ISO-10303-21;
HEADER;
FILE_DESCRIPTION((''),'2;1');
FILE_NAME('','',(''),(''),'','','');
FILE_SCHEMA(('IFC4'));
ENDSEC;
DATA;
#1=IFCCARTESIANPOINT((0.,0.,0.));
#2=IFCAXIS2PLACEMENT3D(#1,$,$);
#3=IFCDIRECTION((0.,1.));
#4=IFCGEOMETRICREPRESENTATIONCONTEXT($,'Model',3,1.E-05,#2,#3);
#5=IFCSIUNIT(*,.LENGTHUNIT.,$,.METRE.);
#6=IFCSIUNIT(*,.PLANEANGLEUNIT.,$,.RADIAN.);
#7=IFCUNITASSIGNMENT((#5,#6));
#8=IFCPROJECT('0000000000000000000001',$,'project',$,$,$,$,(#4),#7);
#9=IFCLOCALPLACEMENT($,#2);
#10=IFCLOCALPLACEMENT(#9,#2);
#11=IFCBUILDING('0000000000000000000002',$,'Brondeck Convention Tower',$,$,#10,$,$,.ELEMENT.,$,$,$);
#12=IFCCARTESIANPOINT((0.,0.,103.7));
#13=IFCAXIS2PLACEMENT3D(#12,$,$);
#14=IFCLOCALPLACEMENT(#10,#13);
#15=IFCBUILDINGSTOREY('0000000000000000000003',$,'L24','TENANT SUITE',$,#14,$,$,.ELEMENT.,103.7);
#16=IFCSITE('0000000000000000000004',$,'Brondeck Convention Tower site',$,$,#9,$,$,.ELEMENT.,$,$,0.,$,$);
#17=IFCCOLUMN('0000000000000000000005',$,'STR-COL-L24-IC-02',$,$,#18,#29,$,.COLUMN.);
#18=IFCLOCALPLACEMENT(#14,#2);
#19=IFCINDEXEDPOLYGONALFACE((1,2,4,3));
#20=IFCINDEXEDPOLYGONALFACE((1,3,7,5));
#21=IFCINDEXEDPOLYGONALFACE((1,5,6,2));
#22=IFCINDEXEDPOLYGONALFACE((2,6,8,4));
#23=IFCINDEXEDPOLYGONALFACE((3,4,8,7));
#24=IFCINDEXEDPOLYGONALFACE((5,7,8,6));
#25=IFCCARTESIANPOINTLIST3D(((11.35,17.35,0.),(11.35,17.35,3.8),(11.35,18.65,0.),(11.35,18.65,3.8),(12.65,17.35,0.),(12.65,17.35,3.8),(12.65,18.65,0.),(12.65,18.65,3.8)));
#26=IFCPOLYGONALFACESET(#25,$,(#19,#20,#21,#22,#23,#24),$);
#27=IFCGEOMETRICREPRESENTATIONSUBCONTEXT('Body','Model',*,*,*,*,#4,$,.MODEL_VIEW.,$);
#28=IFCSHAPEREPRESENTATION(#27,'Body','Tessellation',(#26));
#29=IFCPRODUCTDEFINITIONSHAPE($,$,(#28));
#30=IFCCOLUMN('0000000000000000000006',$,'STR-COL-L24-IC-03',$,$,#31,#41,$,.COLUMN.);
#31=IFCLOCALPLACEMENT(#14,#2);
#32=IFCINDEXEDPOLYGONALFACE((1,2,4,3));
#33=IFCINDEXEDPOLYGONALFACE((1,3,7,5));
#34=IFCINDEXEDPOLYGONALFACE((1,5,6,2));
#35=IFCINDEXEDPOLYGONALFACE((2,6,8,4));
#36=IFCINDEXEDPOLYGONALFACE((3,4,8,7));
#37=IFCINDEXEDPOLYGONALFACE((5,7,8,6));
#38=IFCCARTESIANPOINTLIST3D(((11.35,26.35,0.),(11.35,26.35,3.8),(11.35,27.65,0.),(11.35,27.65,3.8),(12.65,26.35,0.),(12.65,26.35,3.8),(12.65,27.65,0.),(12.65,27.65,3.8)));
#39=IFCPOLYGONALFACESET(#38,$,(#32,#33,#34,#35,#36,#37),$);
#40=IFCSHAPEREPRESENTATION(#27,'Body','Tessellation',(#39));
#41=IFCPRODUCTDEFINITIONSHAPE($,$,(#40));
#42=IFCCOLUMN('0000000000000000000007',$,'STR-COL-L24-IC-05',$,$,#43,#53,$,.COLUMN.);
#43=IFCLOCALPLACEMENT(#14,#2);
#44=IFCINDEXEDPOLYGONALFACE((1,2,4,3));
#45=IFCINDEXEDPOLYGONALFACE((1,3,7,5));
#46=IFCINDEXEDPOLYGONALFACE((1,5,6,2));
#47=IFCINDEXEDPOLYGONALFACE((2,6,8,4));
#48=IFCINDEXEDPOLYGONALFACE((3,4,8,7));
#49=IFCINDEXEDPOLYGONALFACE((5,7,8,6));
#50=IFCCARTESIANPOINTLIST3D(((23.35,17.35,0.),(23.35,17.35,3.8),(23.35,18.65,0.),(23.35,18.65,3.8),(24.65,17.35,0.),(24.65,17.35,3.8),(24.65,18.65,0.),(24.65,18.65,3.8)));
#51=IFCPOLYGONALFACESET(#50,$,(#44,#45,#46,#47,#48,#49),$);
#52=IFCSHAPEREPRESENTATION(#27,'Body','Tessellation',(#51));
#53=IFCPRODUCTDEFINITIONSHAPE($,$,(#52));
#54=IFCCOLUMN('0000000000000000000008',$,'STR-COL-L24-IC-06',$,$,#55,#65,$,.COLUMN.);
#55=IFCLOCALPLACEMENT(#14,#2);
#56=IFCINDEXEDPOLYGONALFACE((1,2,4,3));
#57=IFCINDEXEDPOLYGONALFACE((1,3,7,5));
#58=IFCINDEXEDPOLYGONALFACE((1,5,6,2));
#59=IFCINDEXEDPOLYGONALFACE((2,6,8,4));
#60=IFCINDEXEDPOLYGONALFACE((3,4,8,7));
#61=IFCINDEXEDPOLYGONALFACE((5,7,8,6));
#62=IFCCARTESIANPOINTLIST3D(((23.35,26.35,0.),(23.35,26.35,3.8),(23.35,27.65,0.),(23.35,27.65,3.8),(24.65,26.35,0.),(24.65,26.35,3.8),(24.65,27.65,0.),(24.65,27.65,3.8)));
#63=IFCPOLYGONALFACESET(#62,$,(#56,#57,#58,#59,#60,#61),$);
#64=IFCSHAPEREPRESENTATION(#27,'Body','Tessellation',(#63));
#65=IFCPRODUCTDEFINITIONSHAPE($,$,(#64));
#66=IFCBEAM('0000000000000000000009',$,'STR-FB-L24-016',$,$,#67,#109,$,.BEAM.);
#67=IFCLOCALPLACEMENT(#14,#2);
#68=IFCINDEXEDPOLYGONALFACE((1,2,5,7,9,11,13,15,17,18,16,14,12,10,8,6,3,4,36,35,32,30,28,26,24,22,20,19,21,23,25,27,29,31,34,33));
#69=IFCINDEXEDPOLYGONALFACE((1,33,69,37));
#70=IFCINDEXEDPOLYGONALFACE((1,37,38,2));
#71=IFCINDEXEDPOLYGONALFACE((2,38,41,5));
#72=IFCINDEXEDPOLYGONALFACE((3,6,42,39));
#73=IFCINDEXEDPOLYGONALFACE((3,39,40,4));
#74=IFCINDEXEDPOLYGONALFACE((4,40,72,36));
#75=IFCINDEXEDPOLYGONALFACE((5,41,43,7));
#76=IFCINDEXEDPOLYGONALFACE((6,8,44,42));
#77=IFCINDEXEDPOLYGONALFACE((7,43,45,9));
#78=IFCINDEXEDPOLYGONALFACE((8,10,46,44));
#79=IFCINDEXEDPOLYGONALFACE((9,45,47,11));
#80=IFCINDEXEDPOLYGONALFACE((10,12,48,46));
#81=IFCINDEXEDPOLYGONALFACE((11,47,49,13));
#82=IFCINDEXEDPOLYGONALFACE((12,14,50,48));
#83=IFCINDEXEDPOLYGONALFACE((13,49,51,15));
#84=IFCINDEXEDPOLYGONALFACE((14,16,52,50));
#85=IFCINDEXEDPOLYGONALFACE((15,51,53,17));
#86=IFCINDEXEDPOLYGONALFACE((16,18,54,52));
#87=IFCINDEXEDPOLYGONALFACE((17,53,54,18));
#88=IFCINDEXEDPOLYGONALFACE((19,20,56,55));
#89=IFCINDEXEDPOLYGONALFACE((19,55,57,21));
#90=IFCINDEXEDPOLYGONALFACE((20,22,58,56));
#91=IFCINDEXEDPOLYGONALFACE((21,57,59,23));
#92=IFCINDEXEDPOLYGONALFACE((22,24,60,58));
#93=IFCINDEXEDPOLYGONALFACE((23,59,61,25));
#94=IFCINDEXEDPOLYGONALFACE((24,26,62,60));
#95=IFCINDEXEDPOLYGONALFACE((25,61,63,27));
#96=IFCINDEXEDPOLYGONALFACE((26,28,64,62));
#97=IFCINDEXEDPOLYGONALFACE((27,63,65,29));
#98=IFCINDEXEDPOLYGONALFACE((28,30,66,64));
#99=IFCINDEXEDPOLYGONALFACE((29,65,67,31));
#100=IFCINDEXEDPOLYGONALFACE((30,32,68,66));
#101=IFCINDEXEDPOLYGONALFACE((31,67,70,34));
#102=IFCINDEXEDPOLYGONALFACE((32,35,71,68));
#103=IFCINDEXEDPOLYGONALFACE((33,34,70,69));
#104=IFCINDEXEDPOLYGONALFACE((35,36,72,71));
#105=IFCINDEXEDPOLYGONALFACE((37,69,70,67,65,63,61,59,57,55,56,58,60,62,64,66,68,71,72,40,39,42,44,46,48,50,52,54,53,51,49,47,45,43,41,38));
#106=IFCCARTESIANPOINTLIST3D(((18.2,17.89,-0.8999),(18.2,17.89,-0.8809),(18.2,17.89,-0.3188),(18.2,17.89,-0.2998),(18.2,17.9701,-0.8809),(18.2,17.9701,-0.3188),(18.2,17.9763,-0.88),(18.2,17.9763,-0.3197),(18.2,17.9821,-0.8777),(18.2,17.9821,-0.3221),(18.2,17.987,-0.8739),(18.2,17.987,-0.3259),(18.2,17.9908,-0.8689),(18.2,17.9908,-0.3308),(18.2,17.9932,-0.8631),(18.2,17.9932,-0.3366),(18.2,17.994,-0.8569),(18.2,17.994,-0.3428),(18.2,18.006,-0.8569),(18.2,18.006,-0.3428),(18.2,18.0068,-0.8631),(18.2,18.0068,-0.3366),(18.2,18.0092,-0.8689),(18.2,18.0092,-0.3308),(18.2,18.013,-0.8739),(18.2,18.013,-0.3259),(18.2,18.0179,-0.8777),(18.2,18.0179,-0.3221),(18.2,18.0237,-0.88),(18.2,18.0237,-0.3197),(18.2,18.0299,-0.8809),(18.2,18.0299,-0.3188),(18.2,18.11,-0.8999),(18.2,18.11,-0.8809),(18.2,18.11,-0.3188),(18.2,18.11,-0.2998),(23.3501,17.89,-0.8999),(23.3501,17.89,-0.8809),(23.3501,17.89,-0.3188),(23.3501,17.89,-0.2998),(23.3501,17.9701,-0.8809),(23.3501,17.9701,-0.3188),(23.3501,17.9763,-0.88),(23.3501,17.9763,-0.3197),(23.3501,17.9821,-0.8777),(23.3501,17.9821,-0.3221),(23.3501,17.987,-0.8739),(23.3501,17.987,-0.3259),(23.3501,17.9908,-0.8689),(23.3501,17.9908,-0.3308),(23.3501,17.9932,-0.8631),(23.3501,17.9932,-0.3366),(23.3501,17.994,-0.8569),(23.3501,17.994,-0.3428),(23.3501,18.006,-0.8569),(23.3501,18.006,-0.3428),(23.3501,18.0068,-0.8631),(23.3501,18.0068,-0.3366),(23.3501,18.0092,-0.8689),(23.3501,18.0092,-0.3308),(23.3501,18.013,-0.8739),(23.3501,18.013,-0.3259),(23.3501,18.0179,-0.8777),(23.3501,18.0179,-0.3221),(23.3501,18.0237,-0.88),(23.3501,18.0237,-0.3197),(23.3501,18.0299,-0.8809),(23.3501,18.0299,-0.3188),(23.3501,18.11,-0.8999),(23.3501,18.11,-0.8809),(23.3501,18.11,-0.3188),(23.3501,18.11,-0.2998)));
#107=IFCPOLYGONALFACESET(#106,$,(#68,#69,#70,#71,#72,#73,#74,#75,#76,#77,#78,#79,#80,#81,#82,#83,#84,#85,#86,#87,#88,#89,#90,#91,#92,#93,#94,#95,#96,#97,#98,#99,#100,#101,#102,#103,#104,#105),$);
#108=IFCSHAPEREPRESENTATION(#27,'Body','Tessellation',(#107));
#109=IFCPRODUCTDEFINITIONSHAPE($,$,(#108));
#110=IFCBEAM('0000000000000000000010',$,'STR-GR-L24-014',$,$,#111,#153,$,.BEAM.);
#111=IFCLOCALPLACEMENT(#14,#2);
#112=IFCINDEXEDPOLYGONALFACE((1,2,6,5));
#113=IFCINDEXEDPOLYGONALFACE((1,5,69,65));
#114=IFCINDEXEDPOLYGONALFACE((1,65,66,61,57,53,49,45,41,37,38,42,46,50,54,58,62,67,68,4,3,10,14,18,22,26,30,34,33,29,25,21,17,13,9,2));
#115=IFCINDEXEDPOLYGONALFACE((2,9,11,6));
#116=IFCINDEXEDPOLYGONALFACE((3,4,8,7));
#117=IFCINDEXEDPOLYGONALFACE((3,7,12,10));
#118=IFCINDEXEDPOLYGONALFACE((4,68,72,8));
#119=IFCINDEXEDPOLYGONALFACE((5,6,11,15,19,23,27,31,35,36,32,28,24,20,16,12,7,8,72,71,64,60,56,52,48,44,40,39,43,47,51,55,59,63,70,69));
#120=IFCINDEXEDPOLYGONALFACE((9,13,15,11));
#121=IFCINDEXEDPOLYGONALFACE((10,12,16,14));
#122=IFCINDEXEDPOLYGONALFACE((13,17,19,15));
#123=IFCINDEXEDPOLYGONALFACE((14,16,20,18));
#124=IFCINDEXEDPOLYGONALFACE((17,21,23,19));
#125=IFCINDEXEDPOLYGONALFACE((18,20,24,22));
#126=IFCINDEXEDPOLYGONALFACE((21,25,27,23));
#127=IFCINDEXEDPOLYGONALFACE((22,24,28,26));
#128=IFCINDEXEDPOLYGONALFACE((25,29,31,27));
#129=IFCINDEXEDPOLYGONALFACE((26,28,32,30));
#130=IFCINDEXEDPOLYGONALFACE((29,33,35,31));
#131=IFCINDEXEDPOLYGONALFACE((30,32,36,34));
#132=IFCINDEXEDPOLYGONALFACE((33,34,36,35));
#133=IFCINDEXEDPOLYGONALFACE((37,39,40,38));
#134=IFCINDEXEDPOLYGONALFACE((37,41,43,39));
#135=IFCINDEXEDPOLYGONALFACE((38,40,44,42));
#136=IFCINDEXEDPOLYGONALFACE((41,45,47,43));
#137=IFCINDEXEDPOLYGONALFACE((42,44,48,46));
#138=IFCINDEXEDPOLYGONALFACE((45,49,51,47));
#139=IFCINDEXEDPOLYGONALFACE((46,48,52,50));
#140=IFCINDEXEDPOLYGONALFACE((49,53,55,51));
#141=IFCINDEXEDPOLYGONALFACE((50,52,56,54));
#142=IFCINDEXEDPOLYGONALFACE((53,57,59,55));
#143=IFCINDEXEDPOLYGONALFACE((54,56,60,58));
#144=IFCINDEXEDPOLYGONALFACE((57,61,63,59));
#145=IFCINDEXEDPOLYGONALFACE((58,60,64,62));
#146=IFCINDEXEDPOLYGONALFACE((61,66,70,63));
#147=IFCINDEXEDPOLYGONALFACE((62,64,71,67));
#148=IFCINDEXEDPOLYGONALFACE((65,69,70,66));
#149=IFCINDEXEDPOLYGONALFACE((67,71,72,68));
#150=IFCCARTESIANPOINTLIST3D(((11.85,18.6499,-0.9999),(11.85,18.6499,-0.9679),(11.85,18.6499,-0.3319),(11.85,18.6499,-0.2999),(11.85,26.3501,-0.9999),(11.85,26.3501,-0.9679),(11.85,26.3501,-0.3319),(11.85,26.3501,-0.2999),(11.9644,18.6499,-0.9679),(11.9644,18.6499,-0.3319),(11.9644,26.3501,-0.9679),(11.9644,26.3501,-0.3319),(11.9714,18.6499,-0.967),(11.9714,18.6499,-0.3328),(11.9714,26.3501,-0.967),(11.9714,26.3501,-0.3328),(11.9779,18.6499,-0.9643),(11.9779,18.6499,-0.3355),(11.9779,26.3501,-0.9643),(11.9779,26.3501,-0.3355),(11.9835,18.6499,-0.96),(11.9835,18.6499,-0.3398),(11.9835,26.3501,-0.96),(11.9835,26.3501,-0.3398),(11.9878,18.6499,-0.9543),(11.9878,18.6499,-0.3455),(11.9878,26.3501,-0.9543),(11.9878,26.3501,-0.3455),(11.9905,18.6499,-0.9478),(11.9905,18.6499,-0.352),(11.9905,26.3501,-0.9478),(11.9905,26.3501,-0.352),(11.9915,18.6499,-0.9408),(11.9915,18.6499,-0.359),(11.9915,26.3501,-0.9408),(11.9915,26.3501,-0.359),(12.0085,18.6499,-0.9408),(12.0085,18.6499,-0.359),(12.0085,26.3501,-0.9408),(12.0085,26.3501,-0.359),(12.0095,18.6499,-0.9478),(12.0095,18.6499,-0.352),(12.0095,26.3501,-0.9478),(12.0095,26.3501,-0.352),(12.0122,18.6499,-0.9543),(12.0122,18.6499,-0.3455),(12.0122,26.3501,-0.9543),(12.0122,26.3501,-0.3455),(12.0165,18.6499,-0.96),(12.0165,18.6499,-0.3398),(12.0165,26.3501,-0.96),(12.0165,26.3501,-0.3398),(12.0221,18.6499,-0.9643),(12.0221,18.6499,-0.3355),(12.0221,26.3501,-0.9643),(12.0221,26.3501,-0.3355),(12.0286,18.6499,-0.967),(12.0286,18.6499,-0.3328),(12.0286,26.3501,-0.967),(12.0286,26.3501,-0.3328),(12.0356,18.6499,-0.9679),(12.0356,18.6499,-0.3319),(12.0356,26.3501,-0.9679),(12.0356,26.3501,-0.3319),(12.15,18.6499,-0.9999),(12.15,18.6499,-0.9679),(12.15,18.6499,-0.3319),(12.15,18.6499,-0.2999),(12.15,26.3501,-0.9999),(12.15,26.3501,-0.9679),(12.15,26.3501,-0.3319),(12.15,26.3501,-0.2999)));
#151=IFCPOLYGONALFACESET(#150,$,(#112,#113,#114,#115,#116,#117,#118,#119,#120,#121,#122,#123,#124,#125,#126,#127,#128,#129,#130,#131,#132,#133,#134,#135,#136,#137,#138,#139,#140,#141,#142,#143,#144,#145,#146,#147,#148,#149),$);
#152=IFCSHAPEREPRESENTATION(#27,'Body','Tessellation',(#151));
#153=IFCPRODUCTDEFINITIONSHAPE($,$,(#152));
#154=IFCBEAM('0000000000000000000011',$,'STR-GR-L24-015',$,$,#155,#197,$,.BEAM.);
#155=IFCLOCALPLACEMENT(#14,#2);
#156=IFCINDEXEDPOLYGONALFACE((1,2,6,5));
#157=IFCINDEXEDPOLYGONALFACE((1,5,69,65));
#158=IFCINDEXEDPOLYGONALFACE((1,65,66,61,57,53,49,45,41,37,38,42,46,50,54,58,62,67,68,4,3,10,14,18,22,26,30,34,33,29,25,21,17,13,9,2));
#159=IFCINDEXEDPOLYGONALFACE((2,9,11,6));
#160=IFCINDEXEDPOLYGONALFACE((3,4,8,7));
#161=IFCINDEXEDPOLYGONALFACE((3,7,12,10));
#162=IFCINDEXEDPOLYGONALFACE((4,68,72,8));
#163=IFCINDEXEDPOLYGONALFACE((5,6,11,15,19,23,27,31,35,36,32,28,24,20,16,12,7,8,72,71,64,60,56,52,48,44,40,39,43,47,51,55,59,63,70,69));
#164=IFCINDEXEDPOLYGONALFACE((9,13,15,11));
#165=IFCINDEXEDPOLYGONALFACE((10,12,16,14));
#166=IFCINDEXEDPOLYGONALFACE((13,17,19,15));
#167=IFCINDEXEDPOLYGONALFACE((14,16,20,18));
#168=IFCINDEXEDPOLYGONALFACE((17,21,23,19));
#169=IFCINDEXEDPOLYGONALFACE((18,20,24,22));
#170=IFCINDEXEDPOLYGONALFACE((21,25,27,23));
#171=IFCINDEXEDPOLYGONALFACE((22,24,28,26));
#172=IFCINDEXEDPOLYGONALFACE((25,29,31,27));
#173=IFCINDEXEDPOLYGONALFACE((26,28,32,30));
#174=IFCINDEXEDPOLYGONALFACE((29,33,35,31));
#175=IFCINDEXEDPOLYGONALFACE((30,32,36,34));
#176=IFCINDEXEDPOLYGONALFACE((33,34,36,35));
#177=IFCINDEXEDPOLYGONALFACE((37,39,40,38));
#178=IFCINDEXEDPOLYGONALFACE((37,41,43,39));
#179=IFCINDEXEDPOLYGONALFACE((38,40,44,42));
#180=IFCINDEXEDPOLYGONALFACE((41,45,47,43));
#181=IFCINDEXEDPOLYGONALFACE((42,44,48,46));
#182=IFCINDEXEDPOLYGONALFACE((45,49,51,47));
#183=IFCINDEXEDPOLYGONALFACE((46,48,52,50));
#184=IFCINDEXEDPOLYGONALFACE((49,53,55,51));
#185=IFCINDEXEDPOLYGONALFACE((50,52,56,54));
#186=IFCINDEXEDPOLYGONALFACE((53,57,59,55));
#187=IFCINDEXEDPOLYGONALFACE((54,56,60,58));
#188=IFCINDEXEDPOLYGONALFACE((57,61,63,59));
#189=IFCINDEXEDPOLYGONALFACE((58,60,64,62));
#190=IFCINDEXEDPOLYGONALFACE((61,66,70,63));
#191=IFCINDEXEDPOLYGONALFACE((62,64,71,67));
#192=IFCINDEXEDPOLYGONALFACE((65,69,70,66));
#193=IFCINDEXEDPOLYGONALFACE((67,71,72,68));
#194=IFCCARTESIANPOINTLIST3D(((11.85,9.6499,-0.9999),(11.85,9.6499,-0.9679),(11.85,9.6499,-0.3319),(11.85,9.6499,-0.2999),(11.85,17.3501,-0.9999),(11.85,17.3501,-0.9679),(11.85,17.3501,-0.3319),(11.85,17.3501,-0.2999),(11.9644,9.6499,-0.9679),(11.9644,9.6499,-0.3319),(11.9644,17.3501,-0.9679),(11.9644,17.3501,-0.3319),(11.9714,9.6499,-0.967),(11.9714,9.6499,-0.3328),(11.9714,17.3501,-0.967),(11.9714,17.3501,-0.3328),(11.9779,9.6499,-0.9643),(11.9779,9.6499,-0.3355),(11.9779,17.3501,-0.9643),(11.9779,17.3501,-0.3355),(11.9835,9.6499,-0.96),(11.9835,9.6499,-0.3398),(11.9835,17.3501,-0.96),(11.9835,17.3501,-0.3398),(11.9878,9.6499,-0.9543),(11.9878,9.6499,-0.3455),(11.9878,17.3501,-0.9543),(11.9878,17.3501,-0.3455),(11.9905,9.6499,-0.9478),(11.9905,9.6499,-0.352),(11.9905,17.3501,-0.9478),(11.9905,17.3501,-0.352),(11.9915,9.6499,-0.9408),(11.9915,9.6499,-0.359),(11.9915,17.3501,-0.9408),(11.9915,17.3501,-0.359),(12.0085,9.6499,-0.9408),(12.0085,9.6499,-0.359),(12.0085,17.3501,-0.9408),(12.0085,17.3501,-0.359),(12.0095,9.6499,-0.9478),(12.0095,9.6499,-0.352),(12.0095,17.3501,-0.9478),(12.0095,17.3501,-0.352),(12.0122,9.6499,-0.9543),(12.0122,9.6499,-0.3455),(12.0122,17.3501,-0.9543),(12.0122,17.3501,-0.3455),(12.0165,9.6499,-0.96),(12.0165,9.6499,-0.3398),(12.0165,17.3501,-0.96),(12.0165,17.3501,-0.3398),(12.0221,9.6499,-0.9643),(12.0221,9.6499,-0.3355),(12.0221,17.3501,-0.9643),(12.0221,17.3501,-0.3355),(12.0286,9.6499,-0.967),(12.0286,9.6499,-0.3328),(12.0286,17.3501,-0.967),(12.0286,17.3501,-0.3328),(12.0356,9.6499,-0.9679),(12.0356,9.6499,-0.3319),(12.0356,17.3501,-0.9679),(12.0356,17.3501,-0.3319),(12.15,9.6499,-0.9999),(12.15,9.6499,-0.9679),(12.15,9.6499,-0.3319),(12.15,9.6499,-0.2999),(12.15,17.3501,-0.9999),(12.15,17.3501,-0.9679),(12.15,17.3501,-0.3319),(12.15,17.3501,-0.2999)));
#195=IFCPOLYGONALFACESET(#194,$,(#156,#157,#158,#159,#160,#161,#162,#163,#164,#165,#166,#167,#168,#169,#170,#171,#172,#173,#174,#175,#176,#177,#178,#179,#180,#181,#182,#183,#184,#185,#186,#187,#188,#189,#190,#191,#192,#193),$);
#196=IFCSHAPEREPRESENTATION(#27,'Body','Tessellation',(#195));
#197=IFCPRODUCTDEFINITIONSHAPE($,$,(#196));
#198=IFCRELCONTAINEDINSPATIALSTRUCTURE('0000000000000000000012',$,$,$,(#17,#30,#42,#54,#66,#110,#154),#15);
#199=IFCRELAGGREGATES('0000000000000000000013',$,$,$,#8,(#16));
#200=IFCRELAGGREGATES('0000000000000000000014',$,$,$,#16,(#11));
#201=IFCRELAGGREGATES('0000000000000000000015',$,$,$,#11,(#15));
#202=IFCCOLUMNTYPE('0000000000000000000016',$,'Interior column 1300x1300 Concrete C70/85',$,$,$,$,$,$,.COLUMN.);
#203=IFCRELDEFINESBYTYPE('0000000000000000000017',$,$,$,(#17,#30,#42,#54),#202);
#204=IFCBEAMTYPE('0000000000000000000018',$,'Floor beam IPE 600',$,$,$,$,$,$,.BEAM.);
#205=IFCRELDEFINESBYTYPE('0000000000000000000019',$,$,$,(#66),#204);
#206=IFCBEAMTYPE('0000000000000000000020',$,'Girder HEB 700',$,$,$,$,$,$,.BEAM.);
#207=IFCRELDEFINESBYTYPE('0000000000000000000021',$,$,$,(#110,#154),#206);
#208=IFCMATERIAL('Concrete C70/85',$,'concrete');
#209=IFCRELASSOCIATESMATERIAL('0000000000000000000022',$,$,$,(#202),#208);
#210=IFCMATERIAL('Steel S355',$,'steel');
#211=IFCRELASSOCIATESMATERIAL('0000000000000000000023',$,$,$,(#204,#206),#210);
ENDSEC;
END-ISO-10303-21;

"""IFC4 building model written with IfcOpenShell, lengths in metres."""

from ifc_helpers import new_model, si_unit, direction, frame, origin, origin_2d, place, context, subcontext, project, spatial, rectangle, i_section, extrude, material, material_profile, profile_set, type_object, element, save


model = new_model("IFC4")

# Units and contexts
model_context = context("Model", 3, precision=1e-05, world=origin(), true_north=direction((0.0, 1.0)))
body_context = subcontext(model_context, "Body", "Model", "MODEL_VIEW")
ifc_project = project(units=[si_unit("LENGTHUNIT", "METRE"), si_unit("PLANEANGLEUNIT", "RADIAN")], contexts=[model_context])

# Site, building, storey
site_placement = place(None, origin())
site = spatial("IfcSite", under=ifc_project, at=site_placement, Name="Brondeck Convention Tower site", CompositionType="ELEMENT", RefElevation=0.0)
building_placement = place(site_placement, origin())
building = spatial("IfcBuilding", under=site, at=building_placement, Name="Brondeck Convention Tower", CompositionType="ELEMENT")
storey_placement = place(building_placement, frame((0.0, 0.0, 103.7)))
storey = spatial("IfcBuildingStorey", under=building, at=storey_placement, Name="L24", Description="TENANT SUITE", CompositionType="ELEMENT", Elevation=103.7)

# Columns
ifc_material_1 = material(Name="Concrete C70/85", Category="concrete")
ifc_material_profile_1 = material_profile(ifc_material_1, rectangle(XDim=1.3, YDim=1.3, at=origin_2d()), Name="Interior column 1300x1300 Concrete C70/85")
ifc_profile_set_1 = profile_set([ifc_material_profile_1], Name="Concrete C70/85")
column_type = type_object("IfcColumnType", Name="Interior column 1300x1300 Concrete C70/85", PredefinedType="COLUMN", material=ifc_profile_set_1)
for number, where, z_axis, x_axis, name in (
    (1, (12.0, 18.0, 0.0), (0.0, 0.0, 1.0), (1.0, 0.0, 0.0), "STR-COL-L24-IC-02"),
    (2, (12.0, 27.0, 0.0), (0.0, 0.0, 1.0), (1.0, 0.0, 0.0), "STR-COL-L24-IC-03"),
    (3, (24.0, 18.0, 0.0), (0.0, 0.0, 1.0), (1.0, 0.0, 0.0), "STR-COL-L24-IC-05"),
    (4, (24.0, 27.0, 0.0), (0.0, 0.0, 1.0), (1.0, 0.0, 0.0), "STR-COL-L24-IC-06"),
):
    element("IfcColumn", number, at=place(storey_placement, frame(where, z_axis=z_axis, x_axis=x_axis)), inside=storey, type_object=column_type, Name=name, PredefinedType="COLUMN", context=body_context, shape_type="SweptSolid", body=[
        extrude(rectangle(XDim=1.3, YDim=1.3, at=origin_2d()), origin(), (0.0, 0.0, 1.0), 3.8),
    ])

# Beams
ifc_material_2 = material(Name="Steel S355", Category="steel")
ifc_material_profile_2 = material_profile(ifc_material_2, i_section(OverallWidth=0.22, OverallDepth=0.6001, WebThickness=0.012, FlangeThickness=0.019, FilletRadius=0.0239, at=origin_2d()), Name="IPE 600")
ifc_profile_set_2 = profile_set([ifc_material_profile_2], Name="Steel S355")
beam_type_1 = type_object("IfcBeamType", Name="Floor beam IPE 600", PredefinedType="BEAM", material=ifc_profile_set_2)
beam_1_placement = place(storey_placement, frame((18.2, 18.0, -0.5999), z_axis=(1.0, 0.0, 0.0), x_axis=(0.0, 1.0, 0.0)))
element("IfcBeam", 5, at=beam_1_placement, inside=storey, type_object=beam_type_1, Name="STR-FB-L24-016", PredefinedType="BEAM", context=body_context, shape_type="SweptSolid", body=[
    extrude(i_section(OverallWidth=0.22, OverallDepth=0.6001, WebThickness=0.012, FlangeThickness=0.019, FilletRadius=0.0239, at=origin_2d()), origin(), (0.0, 0.0, 1.0), 5.1501),
])
ifc_material_profile_3 = material_profile(ifc_material_2, i_section(OverallWidth=0.3, OverallDepth=0.7, WebThickness=0.0171, FlangeThickness=0.032, FilletRadius=0.0271, at=origin_2d()), Name="HEB 700")
ifc_profile_set_3 = profile_set([ifc_material_profile_3], Name="Steel S355")
beam_type_2 = type_object("IfcBeamType", Name="Girder HEB 700", PredefinedType="BEAM", material=ifc_profile_set_3)
for number, where, z_axis, x_axis, name in (
    (6, (12.0, 26.3501, -0.6499), (0.0, -1.0, 0.0), (1.0, 0.0, 0.0), "STR-GR-L24-014"),
    (7, (12.0, 17.3501, -0.6499), (0.0, -1.0, 0.0), (1.0, 0.0, 0.0), "STR-GR-L24-015"),
):
    element("IfcBeam", number, at=place(storey_placement, frame(where, z_axis=z_axis, x_axis=x_axis)), inside=storey, type_object=beam_type_2, Name=name, PredefinedType="BEAM", context=body_context, shape_type="SweptSolid", body=[
        extrude(i_section(OverallWidth=0.3, OverallDepth=0.7, WebThickness=0.0171, FlangeThickness=0.032, FilletRadius=0.0271, at=origin_2d()), origin(), (0.0, 0.0, 1.0), 7.7002),
    ])

save(model, "model.ifc")
